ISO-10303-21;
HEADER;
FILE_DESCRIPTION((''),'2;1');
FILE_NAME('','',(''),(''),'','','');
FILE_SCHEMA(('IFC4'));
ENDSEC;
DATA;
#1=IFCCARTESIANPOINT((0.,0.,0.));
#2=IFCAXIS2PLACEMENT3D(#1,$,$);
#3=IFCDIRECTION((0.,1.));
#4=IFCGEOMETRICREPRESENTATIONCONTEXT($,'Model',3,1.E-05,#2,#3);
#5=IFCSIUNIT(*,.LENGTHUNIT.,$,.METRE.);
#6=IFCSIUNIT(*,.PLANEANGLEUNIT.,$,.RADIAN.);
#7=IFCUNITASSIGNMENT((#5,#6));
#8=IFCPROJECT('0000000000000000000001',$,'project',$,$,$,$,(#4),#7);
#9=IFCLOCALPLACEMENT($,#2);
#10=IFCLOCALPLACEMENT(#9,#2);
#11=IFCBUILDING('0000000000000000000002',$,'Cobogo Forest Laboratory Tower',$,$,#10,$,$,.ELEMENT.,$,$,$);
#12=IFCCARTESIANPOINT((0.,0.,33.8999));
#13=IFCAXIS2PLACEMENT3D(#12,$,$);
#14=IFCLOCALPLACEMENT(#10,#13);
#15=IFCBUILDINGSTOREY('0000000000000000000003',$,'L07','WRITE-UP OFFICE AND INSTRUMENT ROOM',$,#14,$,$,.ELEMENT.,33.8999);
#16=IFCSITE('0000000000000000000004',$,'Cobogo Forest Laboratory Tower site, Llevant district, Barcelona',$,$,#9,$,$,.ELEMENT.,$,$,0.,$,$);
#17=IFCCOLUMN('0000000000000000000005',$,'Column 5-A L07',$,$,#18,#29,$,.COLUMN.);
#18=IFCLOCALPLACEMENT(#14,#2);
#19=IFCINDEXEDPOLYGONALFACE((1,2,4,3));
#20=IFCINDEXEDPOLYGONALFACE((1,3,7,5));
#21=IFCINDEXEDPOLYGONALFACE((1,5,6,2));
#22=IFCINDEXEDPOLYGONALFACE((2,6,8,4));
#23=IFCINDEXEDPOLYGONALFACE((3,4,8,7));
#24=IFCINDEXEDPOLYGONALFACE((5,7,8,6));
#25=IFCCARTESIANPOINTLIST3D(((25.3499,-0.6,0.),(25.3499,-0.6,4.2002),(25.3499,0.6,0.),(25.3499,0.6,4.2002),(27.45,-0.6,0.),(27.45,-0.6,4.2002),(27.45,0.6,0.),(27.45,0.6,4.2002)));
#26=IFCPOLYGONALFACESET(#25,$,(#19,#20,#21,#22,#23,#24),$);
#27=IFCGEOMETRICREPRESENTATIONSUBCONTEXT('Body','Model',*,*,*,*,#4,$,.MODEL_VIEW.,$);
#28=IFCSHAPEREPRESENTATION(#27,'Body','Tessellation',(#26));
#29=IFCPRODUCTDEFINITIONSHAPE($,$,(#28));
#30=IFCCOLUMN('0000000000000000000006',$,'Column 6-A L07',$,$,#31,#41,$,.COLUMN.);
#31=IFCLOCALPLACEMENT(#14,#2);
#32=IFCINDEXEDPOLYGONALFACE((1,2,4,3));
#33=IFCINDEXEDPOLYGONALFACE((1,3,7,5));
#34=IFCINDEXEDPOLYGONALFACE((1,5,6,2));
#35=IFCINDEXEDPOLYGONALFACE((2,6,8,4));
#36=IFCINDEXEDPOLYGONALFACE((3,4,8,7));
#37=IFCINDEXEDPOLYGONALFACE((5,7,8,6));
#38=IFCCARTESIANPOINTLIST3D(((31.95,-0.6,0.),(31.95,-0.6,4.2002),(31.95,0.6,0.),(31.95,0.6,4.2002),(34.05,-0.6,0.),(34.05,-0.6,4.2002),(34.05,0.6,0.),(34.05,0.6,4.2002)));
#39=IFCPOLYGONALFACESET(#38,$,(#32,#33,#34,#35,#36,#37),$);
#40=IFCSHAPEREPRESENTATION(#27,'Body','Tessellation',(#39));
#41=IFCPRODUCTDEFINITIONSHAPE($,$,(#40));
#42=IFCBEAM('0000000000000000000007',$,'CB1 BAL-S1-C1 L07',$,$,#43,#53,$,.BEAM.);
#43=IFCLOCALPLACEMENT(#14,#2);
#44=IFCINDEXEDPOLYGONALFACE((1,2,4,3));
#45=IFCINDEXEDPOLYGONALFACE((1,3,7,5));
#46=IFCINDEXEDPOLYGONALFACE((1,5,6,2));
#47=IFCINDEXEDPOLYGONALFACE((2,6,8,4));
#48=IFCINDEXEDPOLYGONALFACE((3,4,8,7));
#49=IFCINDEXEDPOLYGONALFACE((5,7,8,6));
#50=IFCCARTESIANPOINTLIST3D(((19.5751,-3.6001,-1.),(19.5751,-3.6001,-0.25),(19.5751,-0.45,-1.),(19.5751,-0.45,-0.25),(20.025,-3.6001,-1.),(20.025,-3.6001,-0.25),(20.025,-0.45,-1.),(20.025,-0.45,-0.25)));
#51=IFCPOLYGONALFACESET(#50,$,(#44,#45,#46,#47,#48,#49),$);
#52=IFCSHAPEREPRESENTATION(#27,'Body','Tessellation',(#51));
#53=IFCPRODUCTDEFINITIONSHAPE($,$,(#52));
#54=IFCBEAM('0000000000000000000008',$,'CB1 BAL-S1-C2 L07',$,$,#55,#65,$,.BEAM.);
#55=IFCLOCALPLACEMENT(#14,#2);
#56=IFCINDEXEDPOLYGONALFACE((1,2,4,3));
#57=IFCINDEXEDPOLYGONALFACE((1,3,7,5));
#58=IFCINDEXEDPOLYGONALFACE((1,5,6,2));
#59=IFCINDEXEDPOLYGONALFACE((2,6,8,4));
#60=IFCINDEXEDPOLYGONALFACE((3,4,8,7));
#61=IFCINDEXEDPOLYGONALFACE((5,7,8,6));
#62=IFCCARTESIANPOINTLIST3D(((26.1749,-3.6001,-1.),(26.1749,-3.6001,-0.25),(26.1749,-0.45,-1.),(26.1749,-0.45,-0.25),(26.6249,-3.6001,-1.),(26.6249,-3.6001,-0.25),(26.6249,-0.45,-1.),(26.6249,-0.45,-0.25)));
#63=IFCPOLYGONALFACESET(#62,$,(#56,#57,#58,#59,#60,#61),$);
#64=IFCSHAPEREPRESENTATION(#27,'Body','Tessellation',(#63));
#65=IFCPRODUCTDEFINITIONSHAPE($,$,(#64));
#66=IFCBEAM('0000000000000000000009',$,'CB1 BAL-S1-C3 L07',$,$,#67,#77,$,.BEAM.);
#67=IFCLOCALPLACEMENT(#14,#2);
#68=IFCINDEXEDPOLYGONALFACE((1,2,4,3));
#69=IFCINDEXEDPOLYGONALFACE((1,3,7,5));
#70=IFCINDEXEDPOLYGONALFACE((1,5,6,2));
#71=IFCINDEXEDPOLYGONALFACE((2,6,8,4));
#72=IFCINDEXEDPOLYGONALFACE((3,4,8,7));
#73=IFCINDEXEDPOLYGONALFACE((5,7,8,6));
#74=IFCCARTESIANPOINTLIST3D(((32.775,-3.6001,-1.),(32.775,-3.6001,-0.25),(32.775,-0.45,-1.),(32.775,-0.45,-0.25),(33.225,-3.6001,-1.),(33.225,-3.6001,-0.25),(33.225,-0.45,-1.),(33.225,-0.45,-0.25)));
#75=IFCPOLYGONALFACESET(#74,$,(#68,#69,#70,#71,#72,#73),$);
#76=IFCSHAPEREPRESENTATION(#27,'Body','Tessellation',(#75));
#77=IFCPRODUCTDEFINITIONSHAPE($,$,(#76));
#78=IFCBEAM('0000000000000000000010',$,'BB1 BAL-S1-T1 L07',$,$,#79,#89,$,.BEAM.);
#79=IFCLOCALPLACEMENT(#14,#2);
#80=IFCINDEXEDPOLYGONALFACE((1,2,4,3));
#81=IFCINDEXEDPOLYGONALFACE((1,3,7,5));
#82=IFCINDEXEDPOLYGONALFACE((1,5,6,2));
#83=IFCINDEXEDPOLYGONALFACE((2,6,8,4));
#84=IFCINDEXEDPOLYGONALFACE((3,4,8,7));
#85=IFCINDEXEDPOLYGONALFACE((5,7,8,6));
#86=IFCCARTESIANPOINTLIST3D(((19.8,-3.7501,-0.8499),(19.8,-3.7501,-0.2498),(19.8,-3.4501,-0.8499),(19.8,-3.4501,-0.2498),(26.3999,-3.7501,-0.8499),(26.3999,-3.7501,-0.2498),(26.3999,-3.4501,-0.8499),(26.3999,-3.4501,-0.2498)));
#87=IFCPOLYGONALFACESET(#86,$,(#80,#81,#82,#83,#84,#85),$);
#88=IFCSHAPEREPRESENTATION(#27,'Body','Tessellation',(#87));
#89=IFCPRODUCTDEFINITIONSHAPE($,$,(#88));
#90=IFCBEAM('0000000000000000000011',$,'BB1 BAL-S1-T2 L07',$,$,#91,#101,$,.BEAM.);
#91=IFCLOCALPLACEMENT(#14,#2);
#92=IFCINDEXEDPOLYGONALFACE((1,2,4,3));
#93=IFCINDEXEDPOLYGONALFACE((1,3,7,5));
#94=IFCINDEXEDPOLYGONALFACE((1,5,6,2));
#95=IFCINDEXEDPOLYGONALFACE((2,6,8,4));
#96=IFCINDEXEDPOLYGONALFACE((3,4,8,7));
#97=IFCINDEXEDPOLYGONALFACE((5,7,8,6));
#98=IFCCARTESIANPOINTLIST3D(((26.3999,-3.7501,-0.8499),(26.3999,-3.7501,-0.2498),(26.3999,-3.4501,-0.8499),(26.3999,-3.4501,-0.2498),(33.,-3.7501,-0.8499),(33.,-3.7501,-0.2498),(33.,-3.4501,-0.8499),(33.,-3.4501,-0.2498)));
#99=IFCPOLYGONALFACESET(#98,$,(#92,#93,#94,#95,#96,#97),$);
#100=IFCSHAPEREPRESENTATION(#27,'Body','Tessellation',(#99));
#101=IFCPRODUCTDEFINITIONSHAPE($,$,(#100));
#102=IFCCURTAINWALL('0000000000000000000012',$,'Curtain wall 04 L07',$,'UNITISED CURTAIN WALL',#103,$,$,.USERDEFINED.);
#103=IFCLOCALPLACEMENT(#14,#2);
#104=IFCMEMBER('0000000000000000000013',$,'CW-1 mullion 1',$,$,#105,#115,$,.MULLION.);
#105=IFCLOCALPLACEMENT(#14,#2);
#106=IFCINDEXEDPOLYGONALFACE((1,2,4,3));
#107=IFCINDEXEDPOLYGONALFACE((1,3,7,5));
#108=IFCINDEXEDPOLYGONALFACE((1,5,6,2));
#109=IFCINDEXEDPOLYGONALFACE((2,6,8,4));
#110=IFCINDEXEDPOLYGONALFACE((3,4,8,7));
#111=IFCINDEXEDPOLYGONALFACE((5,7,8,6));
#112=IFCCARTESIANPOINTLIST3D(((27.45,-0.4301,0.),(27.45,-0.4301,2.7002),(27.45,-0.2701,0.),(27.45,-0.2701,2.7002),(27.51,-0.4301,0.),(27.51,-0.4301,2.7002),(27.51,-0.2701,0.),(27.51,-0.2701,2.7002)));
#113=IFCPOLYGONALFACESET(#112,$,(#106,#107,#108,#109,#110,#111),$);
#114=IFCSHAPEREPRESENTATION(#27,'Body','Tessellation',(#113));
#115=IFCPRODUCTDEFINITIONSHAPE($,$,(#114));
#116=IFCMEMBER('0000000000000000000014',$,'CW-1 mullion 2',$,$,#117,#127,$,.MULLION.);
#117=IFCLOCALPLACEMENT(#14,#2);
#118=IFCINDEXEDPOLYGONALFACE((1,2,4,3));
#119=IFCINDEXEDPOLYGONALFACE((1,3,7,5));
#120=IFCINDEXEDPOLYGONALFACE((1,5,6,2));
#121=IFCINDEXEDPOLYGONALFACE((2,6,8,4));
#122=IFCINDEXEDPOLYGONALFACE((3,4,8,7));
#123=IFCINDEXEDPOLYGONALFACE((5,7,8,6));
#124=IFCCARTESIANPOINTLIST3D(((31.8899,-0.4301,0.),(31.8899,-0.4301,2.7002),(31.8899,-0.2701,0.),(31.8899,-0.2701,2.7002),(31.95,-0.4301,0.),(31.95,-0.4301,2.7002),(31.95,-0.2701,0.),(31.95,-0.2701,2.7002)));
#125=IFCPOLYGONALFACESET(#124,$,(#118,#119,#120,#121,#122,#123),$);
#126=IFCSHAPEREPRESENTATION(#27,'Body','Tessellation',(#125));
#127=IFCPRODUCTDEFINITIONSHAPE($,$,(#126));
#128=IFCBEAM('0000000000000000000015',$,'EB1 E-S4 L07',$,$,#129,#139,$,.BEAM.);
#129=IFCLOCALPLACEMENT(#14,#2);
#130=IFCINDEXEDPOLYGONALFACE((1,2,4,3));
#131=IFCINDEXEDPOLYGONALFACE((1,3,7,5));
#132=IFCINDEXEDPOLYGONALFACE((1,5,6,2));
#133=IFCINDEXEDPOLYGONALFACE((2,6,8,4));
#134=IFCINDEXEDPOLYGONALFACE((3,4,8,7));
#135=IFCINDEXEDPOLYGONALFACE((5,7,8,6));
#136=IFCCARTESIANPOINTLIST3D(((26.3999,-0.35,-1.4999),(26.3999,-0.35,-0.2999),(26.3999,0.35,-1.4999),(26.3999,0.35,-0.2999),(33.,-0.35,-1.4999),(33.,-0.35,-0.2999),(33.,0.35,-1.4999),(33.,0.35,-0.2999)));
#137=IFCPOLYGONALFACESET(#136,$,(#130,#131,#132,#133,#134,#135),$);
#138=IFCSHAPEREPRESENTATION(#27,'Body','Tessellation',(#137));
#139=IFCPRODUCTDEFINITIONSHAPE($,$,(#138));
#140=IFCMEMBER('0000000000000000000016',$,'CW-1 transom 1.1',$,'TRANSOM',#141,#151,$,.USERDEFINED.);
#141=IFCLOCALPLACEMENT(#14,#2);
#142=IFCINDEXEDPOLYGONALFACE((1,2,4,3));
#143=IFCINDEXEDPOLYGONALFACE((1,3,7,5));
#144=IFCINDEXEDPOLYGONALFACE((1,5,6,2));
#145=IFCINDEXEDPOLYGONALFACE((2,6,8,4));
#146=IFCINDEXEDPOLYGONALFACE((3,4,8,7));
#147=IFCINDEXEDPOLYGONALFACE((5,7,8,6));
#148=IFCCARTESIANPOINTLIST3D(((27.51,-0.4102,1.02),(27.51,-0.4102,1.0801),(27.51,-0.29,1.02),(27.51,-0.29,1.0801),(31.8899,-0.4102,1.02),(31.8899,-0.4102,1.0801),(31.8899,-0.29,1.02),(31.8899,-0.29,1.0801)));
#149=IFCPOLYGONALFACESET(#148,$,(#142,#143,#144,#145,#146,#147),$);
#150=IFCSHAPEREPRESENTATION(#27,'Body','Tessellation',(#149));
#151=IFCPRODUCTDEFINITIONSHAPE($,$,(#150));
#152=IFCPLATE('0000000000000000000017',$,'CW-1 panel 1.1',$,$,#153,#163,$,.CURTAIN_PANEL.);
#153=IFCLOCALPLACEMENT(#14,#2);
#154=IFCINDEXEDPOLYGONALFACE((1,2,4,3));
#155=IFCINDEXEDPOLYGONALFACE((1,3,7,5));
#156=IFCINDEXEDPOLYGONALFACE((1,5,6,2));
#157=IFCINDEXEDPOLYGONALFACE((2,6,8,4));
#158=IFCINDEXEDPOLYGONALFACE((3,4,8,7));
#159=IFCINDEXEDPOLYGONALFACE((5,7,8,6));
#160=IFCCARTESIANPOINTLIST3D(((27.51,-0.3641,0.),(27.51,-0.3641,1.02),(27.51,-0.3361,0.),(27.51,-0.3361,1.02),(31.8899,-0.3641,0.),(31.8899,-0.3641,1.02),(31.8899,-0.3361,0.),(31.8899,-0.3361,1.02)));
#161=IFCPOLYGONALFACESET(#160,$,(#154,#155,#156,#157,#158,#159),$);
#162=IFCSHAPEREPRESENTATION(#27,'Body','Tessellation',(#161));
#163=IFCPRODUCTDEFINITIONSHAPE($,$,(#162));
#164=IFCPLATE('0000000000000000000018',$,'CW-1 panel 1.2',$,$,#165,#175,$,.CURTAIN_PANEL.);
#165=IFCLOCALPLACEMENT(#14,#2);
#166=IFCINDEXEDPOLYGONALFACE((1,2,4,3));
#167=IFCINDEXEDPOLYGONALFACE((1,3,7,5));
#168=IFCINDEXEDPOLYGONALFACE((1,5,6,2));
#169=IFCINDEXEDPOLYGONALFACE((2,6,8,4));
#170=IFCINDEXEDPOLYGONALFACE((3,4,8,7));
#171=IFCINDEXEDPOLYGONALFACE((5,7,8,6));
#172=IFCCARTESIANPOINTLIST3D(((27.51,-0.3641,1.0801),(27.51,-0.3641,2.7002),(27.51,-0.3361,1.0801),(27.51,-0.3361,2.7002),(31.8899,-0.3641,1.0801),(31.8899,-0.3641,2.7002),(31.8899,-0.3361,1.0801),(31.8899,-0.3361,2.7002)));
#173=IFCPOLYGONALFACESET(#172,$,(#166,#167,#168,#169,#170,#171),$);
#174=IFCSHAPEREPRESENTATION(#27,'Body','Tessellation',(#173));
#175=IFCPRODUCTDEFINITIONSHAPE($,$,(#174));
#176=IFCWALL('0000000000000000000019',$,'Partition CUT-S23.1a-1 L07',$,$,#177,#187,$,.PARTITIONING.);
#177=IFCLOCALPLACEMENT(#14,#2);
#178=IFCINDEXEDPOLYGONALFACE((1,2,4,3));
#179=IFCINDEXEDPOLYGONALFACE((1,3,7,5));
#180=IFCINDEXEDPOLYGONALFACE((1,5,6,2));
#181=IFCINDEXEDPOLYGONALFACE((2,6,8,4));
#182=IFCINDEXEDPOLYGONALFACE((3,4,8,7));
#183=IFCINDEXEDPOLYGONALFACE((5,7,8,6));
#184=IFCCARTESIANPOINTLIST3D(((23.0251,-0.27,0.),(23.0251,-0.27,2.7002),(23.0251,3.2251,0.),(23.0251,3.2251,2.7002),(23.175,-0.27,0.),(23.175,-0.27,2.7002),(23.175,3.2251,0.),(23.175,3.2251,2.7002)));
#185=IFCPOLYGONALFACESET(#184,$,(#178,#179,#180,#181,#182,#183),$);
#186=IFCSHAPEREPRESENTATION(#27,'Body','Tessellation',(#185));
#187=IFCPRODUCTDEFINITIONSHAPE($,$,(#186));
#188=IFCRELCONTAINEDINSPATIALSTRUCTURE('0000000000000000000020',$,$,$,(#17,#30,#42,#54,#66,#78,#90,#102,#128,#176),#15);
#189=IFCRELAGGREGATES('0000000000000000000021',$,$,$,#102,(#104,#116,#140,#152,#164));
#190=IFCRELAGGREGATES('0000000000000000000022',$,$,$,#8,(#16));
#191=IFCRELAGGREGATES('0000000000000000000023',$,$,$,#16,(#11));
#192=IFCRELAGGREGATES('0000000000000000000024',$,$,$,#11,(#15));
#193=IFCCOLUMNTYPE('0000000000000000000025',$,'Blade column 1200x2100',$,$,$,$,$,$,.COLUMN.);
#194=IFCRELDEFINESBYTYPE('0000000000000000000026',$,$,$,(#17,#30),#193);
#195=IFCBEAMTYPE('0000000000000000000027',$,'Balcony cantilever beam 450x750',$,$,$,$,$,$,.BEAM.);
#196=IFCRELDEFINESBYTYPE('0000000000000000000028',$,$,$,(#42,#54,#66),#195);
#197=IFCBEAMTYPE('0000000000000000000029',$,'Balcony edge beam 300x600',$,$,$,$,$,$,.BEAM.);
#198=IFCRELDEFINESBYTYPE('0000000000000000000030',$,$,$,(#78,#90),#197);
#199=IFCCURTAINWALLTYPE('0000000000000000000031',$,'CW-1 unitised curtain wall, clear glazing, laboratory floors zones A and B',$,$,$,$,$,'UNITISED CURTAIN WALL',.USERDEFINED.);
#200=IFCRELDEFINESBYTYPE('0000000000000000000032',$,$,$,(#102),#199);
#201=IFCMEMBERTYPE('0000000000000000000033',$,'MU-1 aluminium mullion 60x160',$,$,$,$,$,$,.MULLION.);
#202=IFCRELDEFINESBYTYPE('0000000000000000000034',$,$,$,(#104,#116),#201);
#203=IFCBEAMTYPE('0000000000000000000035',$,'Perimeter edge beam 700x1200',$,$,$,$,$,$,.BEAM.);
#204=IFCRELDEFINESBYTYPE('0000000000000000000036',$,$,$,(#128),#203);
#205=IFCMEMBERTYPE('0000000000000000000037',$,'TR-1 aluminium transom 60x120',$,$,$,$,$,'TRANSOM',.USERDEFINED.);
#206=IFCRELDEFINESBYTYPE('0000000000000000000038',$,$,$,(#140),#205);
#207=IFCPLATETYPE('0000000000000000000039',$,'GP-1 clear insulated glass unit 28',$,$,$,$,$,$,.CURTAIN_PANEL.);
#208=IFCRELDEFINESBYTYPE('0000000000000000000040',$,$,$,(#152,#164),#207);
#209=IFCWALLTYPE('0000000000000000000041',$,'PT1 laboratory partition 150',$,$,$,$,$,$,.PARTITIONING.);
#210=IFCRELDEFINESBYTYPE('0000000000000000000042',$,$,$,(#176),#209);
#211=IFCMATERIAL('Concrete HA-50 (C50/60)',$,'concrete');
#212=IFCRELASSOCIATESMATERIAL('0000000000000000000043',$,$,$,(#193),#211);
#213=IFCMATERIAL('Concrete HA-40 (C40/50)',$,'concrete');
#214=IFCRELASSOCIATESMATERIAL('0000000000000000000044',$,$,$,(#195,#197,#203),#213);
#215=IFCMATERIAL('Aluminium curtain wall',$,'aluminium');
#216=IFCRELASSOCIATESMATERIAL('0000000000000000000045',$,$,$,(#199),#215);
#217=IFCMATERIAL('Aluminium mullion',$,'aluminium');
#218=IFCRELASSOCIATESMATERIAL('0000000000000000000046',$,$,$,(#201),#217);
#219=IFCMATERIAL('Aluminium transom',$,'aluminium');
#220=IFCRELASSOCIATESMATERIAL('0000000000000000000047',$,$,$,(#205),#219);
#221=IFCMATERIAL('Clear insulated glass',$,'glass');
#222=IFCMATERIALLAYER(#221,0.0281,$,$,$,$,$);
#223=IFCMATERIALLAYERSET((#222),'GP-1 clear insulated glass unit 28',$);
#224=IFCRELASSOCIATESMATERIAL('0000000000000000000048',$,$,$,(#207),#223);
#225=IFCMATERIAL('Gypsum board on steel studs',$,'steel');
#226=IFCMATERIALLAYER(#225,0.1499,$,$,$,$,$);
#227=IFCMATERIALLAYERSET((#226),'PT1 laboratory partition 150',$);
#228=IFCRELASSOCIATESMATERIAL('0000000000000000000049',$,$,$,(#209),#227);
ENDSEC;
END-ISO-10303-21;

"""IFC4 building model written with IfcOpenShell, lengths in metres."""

from ifc_helpers import new_model, si_unit, direction, frame, frame_2d, origin, origin_2d, place, context, subcontext, project, spatial, rectangle, extrude, material, layer, layer_set, material_profile, profile_set, type_object, element, aggregate, save


model = new_model("IFC4")

# Units and contexts
model_context = context("Model", 3, precision=1e-05, world=origin(), true_north=direction((0.0, 1.0)))
body_context = subcontext(model_context, "Body", "Model", "MODEL_VIEW")
ifc_project = project(units=[si_unit("LENGTHUNIT", "METRE"), si_unit("PLANEANGLEUNIT", "RADIAN")], contexts=[model_context])

# Site, building, storey
site_placement = place(None, origin())
site = spatial("IfcSite", under=ifc_project, at=site_placement, Name="Cobogo Forest Laboratory Tower site, Llevant district, Barcelona", CompositionType="ELEMENT", RefElevation=0.0)
building_placement = place(site_placement, origin())
building = spatial("IfcBuilding", under=site, at=building_placement, Name="Cobogo Forest Laboratory Tower", CompositionType="ELEMENT")
storey_placement = place(building_placement, frame((0.0, 0.0, 33.8999)))
storey = spatial("IfcBuildingStorey", under=building, at=storey_placement, Name="L07", Description="WRITE-UP OFFICE AND INSTRUMENT ROOM", CompositionType="ELEMENT", Elevation=33.8999)

# Columns
ifc_material_1 = material(Name="Concrete HA-50 (C50/60)", Category="concrete")
ifc_material_profile_1 = material_profile(ifc_material_1, rectangle(XDim=2.1001, YDim=1.2, at=origin_2d()), Name="RC 1200x2100")
ifc_profile_set_1 = profile_set([ifc_material_profile_1], Name="Concrete HA-50 (C50/60)")
column_type = type_object("IfcColumnType", Name="Blade column 1200x2100", PredefinedType="COLUMN", material=ifc_profile_set_1)
for number, where, z_axis, x_axis, name in (
    (1, (26.3999, 0.0, 0.0), (0.0, 0.0, 1.0), (1.0, 0.0, 0.0), "Column 5-A L07"),
    (2, (33.0, 0.0, 0.0), (0.0, 0.0, 1.0), (1.0, 0.0, 0.0), "Column 6-A L07"),
):
    element("IfcColumn", number, at=place(storey_placement, frame(where, z_axis=z_axis, x_axis=x_axis)), inside=storey, type_object=column_type, Name=name, PredefinedType="COLUMN", context=body_context, shape_type="SweptSolid", body=[
        extrude(rectangle(XDim=2.1001, YDim=1.2, at=origin_2d()), origin(), (0.0, 0.0, 1.0), 4.2002),
    ])

# Beams
ifc_material_2 = material(Name="Concrete HA-40 (C40/50)", Category="concrete")
ifc_material_profile_2 = material_profile(ifc_material_2, rectangle(XDim=0.45, YDim=0.75, at=origin_2d()), Name="RC 450x750")
ifc_profile_set_2 = profile_set([ifc_material_profile_2], Name="Concrete HA-40 (C40/50)")
beam_type_1 = type_object("IfcBeamType", Name="Balcony cantilever beam 450x750", PredefinedType="BEAM", material=ifc_profile_set_2)
for number, where, z_axis, x_axis, name in (
    (3, (19.8, -0.45, -0.625), (0.0, -1.0, 0.0), (1.0, 0.0, 0.0), "CB1 BAL-S1-C1 L07"),
    (4, (26.3999, -0.45, -0.625), (0.0, -1.0, 0.0), (1.0, 0.0, 0.0), "CB1 BAL-S1-C2 L07"),
    (5, (33.0, -0.45, -0.625), (0.0, -1.0, 0.0), (1.0, 0.0, 0.0), "CB1 BAL-S1-C3 L07"),
):
    element("IfcBeam", number, at=place(storey_placement, frame(where, z_axis=z_axis, x_axis=x_axis)), inside=storey, type_object=beam_type_1, Name=name, PredefinedType="BEAM", context=body_context, shape_type="SweptSolid", body=[
        extrude(rectangle(XDim=0.45, YDim=0.75, at=origin_2d()), origin(), (0.0, 0.0, 1.0), 3.1501),
    ])
ifc_material_profile_3 = material_profile(ifc_material_2, rectangle(XDim=0.3, YDim=0.6001, at=origin_2d()), Name="RC 300x600")
ifc_profile_set_3 = profile_set([ifc_material_profile_3], Name="Concrete HA-40 (C40/50)")
beam_type_2 = type_object("IfcBeamType", Name="Balcony edge beam 300x600", PredefinedType="BEAM", material=ifc_profile_set_3)
beam_1_placement = place(storey_placement, frame((19.8, -3.6001, -0.5498), z_axis=(1.0, 0.0, 0.0), x_axis=(0.0, 1.0, 0.0)))
element("IfcBeam", 6, at=beam_1_placement, inside=storey, type_object=beam_type_2, Name="BB1 BAL-S1-T1 L07", PredefinedType="BEAM", context=body_context, shape_type="SweptSolid", body=[
    extrude(rectangle(XDim=0.3, YDim=0.6001, at=origin_2d()), origin(), (0.0, 0.0, 1.0), 6.5999),
])
beam_2_placement = place(storey_placement, frame((26.3999, -3.6001, -0.5498), z_axis=(1.0, 0.0, 0.0), x_axis=(0.0, 1.0, 0.0)))
element("IfcBeam", 7, at=beam_2_placement, inside=storey, type_object=beam_type_2, Name="BB1 BAL-S1-T2 L07", PredefinedType="BEAM", context=body_context, shape_type="SweptSolid", body=[
    extrude(rectangle(XDim=0.3, YDim=0.6001, at=origin_2d()), origin(), (0.0, 0.0, 1.0), 6.6001),
])

# Curtain wall, members
ifc_material_3 = material(Name="Aluminium curtain wall", Category="aluminium")
curtain_wall_type = type_object("IfcCurtainWallType", Name="CW-1 unitised curtain wall, clear glazing, laboratory floors zones A and B", ElementType="UNITISED CURTAIN WALL", PredefinedType="USERDEFINED", material=ifc_material_3)
curtain_wall_placement = place(storey_placement, origin())
curtain_wall = element("IfcCurtainWall", 8, at=curtain_wall_placement, inside=storey, type_object=curtain_wall_type, Name="Curtain wall 04 L07", ObjectType="UNITISED CURTAIN WALL", PredefinedType="USERDEFINED")
ifc_material_4 = material(Name="Aluminium mullion", Category="aluminium")
ifc_material_profile_4 = material_profile(ifc_material_4, rectangle(XDim=0.0601, YDim=0.1599, at=origin_2d()), Name="AL 60x160")
ifc_profile_set_4 = profile_set([ifc_material_profile_4], Name="Aluminium mullion")
member_type_1 = type_object("IfcMemberType", Name="MU-1 aluminium mullion 60x160", PredefinedType="MULLION", material=ifc_profile_set_4)
member_1_placement = place(storey_placement, frame((27.48, -0.3501, 0.0), z_axis=(0.0, 0.0, 1.0), x_axis=(1.0, 0.0, 0.0)))
member_1 = element("IfcMember", 9, at=member_1_placement, type_object=member_type_1, Name="CW-1 mullion 1", PredefinedType="MULLION", context=body_context, shape_type="SweptSolid", body=[
    extrude(rectangle(XDim=0.0601, YDim=0.1599, at=origin_2d()), origin(), (0.0, 0.0, 1.0), 2.7002),
])
member_2_placement = place(storey_placement, frame((31.9199, -0.3501, 0.0), z_axis=(0.0, 0.0, 1.0), x_axis=(1.0, 0.0, 0.0)))
member_2 = element("IfcMember", 10, at=member_2_placement, type_object=member_type_1, Name="CW-1 mullion 2", PredefinedType="MULLION", context=body_context, shape_type="SweptSolid", body=[
    extrude(rectangle(XDim=0.0601, YDim=0.1599, at=origin_2d()), origin(), (0.0, 0.0, 1.0), 2.7002),
])

# Beam
ifc_material_profile_5 = material_profile(ifc_material_2, rectangle(XDim=0.7, YDim=1.2, at=origin_2d()), Name="RC 700x1200")
ifc_profile_set_5 = profile_set([ifc_material_profile_5], Name="Concrete HA-40 (C40/50)")
beam_type_3 = type_object("IfcBeamType", Name="Perimeter edge beam 700x1200", PredefinedType="BEAM", material=ifc_profile_set_5)
beam_3_placement = place(storey_placement, frame((26.3999, 0.0, -0.8999), z_axis=(1.0, 0.0, 0.0), x_axis=(0.0, 1.0, 0.0)))
element("IfcBeam", 11, at=beam_3_placement, inside=storey, type_object=beam_type_3, Name="EB1 E-S4 L07", PredefinedType="BEAM", context=body_context, shape_type="SweptSolid", body=[
    extrude(rectangle(XDim=0.7, YDim=1.2, at=origin_2d()), origin(), (0.0, 0.0, 1.0), 6.6001),
])

# Member
ifc_material_5 = material(Name="Aluminium transom", Category="aluminium")
ifc_material_profile_6 = material_profile(ifc_material_5, rectangle(XDim=0.1201, YDim=0.0601, at=origin_2d()), Name="AL 60x120")
ifc_profile_set_6 = profile_set([ifc_material_profile_6], Name="Aluminium transom")
member_type_2 = type_object("IfcMemberType", Name="TR-1 aluminium transom 60x120", ElementType="TRANSOM", PredefinedType="USERDEFINED", material=ifc_profile_set_6)
member_3_placement = place(storey_placement, frame((27.51, -0.3501, 1.05), z_axis=(1.0, 0.0, 0.0), x_axis=(0.0, 1.0, 0.0)))
member_3 = element("IfcMember", 12, at=member_3_placement, type_object=member_type_2, Name="CW-1 transom 1.1", ObjectType="TRANSOM", PredefinedType="USERDEFINED", context=body_context, shape_type="SweptSolid", body=[
    extrude(rectangle(XDim=0.1201, YDim=0.0601, at=origin_2d()), origin(), (0.0, 0.0, 1.0), 4.3799),
])

# Plates
ifc_material_6 = material(Name="Clear insulated glass", Category="glass")
ifc_layer_1 = layer(ifc_material_6, 0.0281)
ifc_layer_set_1 = layer_set([ifc_layer_1], Name="GP-1 clear insulated glass unit 28")
plate_type = type_object("IfcPlateType", Name="GP-1 clear insulated glass unit 28", PredefinedType="CURTAIN_PANEL", material=ifc_layer_set_1)
plate_1_placement = place(storey_placement, frame((29.7, -0.3501, 0.0), z_axis=(0.0, 0.0, 1.0), x_axis=(1.0, 0.0, 0.0)))
plate_1 = element("IfcPlate", 13, at=plate_1_placement, type_object=plate_type, Name="CW-1 panel 1.1", PredefinedType="CURTAIN_PANEL", context=body_context, shape_type="SweptSolid", body=[
    extrude(rectangle(XDim=4.3799, YDim=0.0281, at=origin_2d()), origin(), (0.0, 0.0, 1.0), 1.02),
])
plate_2_placement = place(storey_placement, frame((29.7, -0.3501, 1.0801), z_axis=(0.0, 0.0, 1.0), x_axis=(1.0, 0.0, 0.0)))
plate_2 = element("IfcPlate", 14, at=plate_2_placement, type_object=plate_type, Name="CW-1 panel 1.2", PredefinedType="CURTAIN_PANEL", context=body_context, shape_type="SweptSolid", body=[
    extrude(rectangle(XDim=4.3799, YDim=0.0281, at=origin_2d()), origin(), (0.0, 0.0, 1.0), 1.6201),
])
aggregate(curtain_wall, [member_1, member_2, member_3, plate_1, plate_2])

# Wall
ifc_material_7 = material(Name="Gypsum board on steel studs", Category="steel")
ifc_layer_2 = layer(ifc_material_7, 0.1499)
ifc_layer_set_2 = layer_set([ifc_layer_2], Name="PT1 laboratory partition 150")
wall_type_1 = type_object("IfcWallType", Name="PT1 laboratory partition 150", PredefinedType="PARTITIONING", material=ifc_layer_set_2)
wall_1_placement = place(storey_placement, frame((23.1001, -0.27, 0.0), z_axis=(0.0, 0.0, 1.0), x_axis=(0.0, 1.0, 0.0)))
element("IfcWall", 15, at=wall_1_placement, inside=storey, type_object=wall_type_1, Name="Partition CUT-S23.1a-1 L07", PredefinedType="PARTITIONING", context=body_context, shape_type="SweptSolid", body=[
    extrude(rectangle(XDim=3.4951, YDim=0.1499, at=frame_2d((1.7476, 0.0))), origin(), (0.0, 0.0, 1.0), 2.7002),
])

save(model, "model.ifc")
